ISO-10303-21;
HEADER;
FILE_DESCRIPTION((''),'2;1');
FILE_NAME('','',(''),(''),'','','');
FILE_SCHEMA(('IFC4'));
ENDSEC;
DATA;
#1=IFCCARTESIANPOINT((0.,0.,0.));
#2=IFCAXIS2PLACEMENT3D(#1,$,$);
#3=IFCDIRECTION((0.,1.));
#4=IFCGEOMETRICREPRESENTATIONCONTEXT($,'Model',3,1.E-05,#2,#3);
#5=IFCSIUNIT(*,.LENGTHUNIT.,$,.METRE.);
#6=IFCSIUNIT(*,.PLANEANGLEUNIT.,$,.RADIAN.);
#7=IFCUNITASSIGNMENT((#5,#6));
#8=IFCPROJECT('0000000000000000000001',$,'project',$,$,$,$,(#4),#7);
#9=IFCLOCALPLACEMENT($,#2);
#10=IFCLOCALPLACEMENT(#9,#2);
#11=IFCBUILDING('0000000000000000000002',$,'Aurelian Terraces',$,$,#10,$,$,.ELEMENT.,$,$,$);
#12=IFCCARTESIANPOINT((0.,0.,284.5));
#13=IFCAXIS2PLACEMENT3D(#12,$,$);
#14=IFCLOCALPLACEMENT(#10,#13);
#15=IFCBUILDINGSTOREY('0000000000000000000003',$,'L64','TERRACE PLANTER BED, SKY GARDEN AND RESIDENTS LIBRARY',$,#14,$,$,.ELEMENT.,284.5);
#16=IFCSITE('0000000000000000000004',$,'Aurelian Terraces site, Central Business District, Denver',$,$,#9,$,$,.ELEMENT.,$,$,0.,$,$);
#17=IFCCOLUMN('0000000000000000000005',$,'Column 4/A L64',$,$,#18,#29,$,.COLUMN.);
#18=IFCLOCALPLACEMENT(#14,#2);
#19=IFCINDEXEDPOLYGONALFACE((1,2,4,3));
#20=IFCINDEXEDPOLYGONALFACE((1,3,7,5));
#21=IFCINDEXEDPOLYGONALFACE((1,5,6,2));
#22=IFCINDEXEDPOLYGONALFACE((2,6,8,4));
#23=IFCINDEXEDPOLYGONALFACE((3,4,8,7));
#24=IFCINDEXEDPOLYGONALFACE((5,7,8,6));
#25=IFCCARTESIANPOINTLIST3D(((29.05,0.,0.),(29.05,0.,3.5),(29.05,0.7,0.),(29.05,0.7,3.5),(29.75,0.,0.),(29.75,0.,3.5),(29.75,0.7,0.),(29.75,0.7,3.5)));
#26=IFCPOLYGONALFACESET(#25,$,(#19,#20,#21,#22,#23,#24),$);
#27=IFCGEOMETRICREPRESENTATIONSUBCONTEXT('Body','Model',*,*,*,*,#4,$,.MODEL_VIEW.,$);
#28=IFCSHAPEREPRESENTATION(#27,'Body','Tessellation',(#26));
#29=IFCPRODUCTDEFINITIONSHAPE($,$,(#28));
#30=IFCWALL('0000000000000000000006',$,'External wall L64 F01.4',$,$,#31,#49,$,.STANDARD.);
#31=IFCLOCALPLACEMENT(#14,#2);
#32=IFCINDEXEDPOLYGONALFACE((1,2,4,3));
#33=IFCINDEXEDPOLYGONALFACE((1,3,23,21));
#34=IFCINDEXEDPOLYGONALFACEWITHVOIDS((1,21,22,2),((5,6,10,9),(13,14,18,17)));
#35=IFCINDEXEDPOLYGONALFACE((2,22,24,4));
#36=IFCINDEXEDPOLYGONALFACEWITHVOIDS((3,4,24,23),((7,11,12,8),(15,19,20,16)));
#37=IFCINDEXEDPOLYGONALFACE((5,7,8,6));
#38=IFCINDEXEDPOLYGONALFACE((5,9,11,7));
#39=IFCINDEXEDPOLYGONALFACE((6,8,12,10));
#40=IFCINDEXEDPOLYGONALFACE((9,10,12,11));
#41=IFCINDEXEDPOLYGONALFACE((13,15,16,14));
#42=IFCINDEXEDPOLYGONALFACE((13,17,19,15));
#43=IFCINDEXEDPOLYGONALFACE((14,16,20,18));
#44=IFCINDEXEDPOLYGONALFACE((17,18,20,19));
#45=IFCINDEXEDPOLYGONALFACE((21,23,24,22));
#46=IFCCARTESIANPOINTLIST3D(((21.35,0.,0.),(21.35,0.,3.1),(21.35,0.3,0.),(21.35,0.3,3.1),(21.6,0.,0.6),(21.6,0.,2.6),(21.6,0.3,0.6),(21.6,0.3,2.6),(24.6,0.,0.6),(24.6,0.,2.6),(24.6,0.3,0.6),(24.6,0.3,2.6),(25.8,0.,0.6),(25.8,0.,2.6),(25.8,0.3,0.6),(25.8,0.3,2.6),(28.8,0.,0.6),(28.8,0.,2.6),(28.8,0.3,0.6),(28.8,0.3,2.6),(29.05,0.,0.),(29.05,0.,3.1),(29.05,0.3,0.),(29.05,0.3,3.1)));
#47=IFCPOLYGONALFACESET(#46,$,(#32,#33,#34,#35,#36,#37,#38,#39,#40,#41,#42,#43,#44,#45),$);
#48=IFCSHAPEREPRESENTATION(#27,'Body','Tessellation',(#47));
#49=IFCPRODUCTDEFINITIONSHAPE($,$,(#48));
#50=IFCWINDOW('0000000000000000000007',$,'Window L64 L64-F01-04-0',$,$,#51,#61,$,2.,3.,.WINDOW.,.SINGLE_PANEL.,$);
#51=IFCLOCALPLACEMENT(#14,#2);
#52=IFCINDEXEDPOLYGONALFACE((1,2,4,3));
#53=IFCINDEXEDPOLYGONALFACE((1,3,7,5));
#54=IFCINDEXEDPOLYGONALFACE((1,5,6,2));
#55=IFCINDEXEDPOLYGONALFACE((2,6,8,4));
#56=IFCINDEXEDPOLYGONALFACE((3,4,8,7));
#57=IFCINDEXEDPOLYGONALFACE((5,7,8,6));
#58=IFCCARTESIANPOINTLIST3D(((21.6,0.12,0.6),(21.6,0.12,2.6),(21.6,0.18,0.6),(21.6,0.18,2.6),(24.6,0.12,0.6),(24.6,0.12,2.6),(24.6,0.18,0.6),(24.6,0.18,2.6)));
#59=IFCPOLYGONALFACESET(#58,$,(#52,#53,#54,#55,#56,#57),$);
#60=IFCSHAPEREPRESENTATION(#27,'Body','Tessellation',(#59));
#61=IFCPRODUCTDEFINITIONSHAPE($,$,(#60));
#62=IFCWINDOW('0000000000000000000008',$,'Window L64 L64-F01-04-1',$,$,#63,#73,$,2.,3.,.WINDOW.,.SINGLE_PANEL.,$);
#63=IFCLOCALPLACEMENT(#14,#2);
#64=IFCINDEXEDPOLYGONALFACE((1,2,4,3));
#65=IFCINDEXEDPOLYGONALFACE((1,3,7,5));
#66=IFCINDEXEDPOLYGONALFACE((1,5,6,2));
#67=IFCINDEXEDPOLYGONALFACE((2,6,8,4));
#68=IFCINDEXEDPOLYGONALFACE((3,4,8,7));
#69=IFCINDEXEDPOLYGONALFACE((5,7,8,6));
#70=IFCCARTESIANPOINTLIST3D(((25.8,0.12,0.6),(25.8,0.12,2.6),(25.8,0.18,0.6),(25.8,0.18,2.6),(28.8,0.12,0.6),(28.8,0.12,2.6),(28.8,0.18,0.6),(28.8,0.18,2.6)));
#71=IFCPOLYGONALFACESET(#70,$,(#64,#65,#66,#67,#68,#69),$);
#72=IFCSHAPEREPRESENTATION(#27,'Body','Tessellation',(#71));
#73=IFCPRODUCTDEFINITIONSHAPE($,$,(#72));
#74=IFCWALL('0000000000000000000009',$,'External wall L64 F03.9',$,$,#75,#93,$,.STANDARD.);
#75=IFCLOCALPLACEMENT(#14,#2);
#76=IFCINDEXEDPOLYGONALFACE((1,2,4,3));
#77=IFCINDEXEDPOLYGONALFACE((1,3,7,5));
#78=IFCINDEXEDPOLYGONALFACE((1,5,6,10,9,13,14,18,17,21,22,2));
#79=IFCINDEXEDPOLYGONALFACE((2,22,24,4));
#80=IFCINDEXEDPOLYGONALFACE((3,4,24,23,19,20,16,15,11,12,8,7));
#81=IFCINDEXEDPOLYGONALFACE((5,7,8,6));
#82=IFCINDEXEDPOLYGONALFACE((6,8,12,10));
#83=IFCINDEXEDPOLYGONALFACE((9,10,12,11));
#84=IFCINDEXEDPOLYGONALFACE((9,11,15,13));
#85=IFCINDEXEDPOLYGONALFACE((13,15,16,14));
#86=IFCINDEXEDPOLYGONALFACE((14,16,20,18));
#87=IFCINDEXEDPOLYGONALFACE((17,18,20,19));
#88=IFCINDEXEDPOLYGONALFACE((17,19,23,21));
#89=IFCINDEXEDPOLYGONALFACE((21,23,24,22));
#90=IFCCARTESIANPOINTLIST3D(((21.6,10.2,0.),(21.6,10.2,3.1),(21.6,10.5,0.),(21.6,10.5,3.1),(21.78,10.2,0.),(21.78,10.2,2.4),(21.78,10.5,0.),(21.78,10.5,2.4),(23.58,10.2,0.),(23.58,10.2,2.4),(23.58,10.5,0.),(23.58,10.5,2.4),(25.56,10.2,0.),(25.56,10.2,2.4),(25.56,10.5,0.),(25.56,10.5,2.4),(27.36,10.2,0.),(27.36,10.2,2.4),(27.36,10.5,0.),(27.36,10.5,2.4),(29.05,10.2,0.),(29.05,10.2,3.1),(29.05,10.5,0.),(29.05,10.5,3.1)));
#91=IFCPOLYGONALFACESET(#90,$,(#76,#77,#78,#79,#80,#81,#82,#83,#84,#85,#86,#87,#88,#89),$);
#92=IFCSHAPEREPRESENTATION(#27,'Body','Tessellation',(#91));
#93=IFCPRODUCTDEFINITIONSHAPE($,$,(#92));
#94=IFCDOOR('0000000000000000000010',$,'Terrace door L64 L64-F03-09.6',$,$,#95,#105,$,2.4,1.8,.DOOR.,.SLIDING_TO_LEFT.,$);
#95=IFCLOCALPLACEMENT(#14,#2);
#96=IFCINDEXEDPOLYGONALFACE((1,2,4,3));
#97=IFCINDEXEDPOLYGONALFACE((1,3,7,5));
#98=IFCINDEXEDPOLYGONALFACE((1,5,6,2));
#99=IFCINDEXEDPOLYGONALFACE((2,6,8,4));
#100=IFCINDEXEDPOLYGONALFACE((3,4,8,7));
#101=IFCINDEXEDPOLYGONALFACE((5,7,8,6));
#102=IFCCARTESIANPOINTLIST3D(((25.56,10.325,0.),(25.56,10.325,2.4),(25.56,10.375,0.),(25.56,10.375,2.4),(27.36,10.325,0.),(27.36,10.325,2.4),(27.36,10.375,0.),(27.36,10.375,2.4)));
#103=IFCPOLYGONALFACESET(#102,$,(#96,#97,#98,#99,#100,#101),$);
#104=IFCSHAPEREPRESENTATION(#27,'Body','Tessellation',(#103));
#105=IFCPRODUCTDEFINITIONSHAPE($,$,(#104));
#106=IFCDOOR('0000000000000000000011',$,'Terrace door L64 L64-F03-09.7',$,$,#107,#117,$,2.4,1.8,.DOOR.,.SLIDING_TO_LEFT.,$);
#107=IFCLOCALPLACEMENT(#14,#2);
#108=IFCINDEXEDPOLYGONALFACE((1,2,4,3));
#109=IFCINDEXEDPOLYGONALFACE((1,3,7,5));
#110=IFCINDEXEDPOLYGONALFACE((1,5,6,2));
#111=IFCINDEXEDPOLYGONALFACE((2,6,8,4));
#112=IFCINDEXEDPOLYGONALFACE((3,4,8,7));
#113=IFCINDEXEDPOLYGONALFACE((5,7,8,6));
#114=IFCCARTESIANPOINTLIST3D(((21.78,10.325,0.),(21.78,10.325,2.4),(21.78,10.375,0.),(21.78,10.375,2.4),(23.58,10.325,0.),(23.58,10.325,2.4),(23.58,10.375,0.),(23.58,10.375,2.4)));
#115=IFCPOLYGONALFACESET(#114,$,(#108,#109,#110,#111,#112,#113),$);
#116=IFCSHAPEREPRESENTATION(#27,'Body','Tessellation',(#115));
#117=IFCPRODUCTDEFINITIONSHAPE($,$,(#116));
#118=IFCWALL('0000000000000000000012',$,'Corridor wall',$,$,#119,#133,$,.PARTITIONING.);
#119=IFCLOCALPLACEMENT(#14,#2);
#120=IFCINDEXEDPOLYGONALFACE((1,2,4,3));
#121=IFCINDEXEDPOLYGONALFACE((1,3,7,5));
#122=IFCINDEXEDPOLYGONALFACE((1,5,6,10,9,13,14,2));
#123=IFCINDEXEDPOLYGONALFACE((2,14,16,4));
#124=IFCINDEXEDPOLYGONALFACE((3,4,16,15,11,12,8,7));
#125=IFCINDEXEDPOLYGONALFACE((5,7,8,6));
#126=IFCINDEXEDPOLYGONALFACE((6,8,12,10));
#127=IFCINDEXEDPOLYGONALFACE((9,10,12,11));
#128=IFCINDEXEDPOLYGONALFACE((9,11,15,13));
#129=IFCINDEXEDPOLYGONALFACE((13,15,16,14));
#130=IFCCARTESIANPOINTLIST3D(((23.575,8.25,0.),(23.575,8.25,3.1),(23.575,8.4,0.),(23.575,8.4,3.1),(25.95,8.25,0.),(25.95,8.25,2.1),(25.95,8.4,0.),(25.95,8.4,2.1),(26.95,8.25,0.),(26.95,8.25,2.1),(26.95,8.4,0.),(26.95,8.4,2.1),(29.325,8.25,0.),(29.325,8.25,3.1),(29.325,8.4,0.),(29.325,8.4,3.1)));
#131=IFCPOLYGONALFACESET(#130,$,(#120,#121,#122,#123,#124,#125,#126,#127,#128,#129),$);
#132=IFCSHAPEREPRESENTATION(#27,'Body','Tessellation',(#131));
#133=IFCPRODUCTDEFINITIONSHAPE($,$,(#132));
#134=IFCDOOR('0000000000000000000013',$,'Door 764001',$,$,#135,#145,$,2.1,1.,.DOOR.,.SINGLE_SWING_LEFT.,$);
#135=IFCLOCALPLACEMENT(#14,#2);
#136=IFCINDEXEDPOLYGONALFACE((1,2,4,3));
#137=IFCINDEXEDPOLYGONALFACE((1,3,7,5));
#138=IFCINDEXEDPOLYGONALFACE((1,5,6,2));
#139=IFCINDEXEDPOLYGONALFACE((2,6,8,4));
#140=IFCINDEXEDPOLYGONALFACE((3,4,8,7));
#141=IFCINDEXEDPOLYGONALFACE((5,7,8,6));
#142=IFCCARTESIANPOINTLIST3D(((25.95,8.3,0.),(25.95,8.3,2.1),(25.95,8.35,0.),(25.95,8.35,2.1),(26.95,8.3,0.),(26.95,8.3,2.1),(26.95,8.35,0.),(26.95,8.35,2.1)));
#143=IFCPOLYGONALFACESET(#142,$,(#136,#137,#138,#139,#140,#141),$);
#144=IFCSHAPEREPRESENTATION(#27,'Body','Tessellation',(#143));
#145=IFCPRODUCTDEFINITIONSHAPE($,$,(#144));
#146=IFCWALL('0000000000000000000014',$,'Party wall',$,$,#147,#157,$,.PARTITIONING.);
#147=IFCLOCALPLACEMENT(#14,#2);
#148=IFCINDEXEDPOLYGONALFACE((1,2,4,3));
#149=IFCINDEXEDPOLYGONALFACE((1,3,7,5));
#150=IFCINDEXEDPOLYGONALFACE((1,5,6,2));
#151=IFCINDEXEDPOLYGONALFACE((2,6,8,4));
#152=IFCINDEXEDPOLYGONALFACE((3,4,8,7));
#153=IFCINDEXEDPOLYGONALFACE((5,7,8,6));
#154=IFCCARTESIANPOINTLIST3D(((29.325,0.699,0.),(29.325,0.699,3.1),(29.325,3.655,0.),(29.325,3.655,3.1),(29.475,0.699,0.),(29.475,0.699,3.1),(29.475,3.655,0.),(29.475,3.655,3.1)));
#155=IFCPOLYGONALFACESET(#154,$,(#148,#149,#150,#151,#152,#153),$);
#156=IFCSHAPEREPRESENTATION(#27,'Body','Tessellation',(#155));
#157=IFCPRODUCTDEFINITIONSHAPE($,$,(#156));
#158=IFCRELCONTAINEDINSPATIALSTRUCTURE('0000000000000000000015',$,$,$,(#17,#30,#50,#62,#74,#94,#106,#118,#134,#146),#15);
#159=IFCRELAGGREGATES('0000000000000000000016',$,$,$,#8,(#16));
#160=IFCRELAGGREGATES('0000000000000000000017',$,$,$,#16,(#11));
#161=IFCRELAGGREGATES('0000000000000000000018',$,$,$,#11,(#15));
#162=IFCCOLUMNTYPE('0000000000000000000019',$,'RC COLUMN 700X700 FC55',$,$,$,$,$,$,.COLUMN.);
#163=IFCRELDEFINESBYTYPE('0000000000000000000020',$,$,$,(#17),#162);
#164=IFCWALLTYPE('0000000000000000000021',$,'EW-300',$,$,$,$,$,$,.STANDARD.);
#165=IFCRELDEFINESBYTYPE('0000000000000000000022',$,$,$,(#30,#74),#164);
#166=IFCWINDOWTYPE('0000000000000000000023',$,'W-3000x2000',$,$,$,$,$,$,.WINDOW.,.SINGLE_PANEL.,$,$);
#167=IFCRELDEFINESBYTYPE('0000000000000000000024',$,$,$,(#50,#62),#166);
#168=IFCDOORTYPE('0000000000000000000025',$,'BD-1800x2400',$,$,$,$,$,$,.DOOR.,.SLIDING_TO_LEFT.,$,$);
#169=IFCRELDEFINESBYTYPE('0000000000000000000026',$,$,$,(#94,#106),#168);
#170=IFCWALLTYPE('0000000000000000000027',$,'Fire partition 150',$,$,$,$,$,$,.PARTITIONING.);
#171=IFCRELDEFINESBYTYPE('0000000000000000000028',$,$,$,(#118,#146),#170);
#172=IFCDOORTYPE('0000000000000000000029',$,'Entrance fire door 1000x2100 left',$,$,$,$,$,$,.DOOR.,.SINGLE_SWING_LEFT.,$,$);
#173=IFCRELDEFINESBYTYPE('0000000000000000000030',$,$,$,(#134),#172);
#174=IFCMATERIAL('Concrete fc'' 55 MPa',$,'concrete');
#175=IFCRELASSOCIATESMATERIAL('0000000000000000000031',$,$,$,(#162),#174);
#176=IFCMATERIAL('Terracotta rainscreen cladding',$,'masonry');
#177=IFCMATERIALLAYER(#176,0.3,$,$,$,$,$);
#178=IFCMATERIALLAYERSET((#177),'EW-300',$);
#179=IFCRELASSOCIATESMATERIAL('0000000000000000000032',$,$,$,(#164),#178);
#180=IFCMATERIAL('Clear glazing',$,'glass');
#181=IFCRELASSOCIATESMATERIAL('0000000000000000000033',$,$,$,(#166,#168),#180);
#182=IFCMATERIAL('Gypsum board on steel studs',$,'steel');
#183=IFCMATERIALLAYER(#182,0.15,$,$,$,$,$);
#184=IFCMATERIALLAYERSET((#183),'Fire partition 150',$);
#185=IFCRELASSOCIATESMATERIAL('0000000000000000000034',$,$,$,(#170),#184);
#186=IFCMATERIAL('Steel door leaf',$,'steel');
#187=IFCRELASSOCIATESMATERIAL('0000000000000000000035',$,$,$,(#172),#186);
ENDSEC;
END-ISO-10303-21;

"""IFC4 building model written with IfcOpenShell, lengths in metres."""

from ifc_helpers import new_model, si_unit, direction, frame, frame_2d, origin, origin_2d, place, context, subcontext, project, spatial, rectangle, extrude, source, transform, mapped, material, layer, layer_set, material_profile, profile_set, type_object, element, fill, save


model = new_model("IFC4")

# Units and contexts
model_context = context("Model", 3, precision=1e-05, world=origin(), true_north=direction((0.0, 1.0)))
body_context = subcontext(model_context, "Body", "Model", "MODEL_VIEW")
ifc_project = project(units=[si_unit("LENGTHUNIT", "METRE"), si_unit("PLANEANGLEUNIT", "RADIAN")], contexts=[model_context])

# Site, building, storey
site_placement = place(None, origin())
site = spatial("IfcSite", under=ifc_project, at=site_placement, Name="Aurelian Terraces site, Central Business District, Denver", CompositionType="ELEMENT", RefElevation=0.0)
building_placement = place(site_placement, origin())
building = spatial("IfcBuilding", under=site, at=building_placement, Name="Aurelian Terraces", CompositionType="ELEMENT")
storey_placement = place(building_placement, frame((0.0, 0.0, 284.5)))
storey = spatial("IfcBuildingStorey", under=building, at=storey_placement, Name="L64", Description="TERRACE PLANTER BED, SKY GARDEN AND RESIDENTS LIBRARY", CompositionType="ELEMENT", Elevation=284.5)

# Column
ifc_material_1 = material(Name="Concrete fc' 55 MPa", Category="concrete")
ifc_material_profile = material_profile(ifc_material_1, rectangle(XDim=0.7, YDim=0.7, at=origin_2d()))
ifc_profile_set = profile_set([ifc_material_profile], Name="Concrete fc' 55 MPa")
column_type = type_object("IfcColumnType", Name="RC COLUMN 700X700 FC55", PredefinedType="COLUMN", material=ifc_profile_set)
shared_shape_1 = source(origin(), body_context, "Body", "SweptSolid", [
    extrude(rectangle(XDim=0.7, YDim=0.7, at=origin_2d()), origin(), (0.0, 0.0, 1.0), 3.5),
])
column_placement = place(storey_placement, frame((29.4, 0.35, 0.0), z_axis=(0.0, 0.0, 1.0), x_axis=(1.0, 0.0, 0.0)))
element("IfcColumn", 1, at=column_placement, inside=storey, type_object=column_type, Name="Column 4/A L64", PredefinedType="COLUMN", context=body_context, shape_type="MappedRepresentation", body=[
    mapped(shared_shape_1, transform((0.0, 0.0, 0.0), scale=1.0)),
])

# Wall, openings, windows
ifc_material_2 = material(Name="Terracotta rainscreen cladding", Category="masonry")
ifc_layer_1 = layer(ifc_material_2, 0.3)
ifc_layer_set_1 = layer_set([ifc_layer_1], Name="EW-300")
wall_type_1 = type_object("IfcWallType", Name="EW-300", PredefinedType="STANDARD", material=ifc_layer_set_1)
wall_1_placement = place(storey_placement, frame((21.35, 0.15, 0.0), z_axis=(0.0, 0.0, 1.0), x_axis=(1.0, 0.0, 0.0)))
wall_1 = element("IfcWall", 2, at=wall_1_placement, inside=storey, type_object=wall_type_1, Name="External wall L64 F01.4", PredefinedType="STANDARD", context=body_context, shape_type="SweptSolid", body=[
    extrude(rectangle(XDim=7.7, YDim=0.3, at=frame_2d((3.85, 0.0))), origin(), (0.0, 0.0, 1.0), 3.1),
])
opening_1_placement = place(wall_1_placement, frame((0.25, 0.0, 0.6)))
opening_1 = element("IfcOpeningElement", 3, at=opening_1_placement, cuts=wall_1, PredefinedType="OPENING", context=body_context, shape_type="SweptSolid", body=[
    extrude(rectangle(XDim=3.0, YDim=2.0, at=frame_2d((1.5, 1.0))), frame((0.0, 0.16, 0.0), z_axis=(0.0, -1.0, 0.0), x_axis=(1.0, 0.0, 0.0)), (0.0, 0.0, 1.0), 0.32),
])
shared_shape_2 = source(origin(), body_context, "Body", "SweptSolid", [
    extrude(rectangle(XDim=3.0, YDim=2.0, at=frame_2d((1.5, 1.0))), frame((0.0, 0.16, 0.0), z_axis=(0.0, -1.0, 0.0), x_axis=(1.0, 0.0, 0.0)), (0.0, 0.0, 1.0), 0.32),
])
opening_2_placement = place(wall_1_placement, frame((4.45, 0.0, 0.6)))
opening_2 = element("IfcOpeningElement", 4, at=opening_2_placement, cuts=wall_1, PredefinedType="OPENING", context=body_context, shape_type="MappedRepresentation", body=[
    mapped(shared_shape_2, transform((0.0, 0.0, 0.0), scale=1.0)),
])
ifc_material_3 = material(Name="Clear glazing", Category="glass")
window_type = type_object("IfcWindowType", Name="W-3000x2000", PartitioningType="SINGLE_PANEL", PredefinedType="WINDOW", material=ifc_material_3)
window_1_placement = place(opening_1_placement, origin())
window_1 = element("IfcWindow", 5, at=window_1_placement, inside=storey, type_object=window_type, Name="Window L64 L64-F01-04-0", OverallHeight=2.0, OverallWidth=3.0, PartitioningType="SINGLE_PANEL", PredefinedType="WINDOW", context=body_context, shape_type="SweptSolid", body=[
    extrude(rectangle(XDim=3.0, YDim=2.0, at=frame_2d((1.5, 1.0))), frame((0.0, 0.03, 0.0), z_axis=(0.0, -1.0, 0.0), x_axis=(1.0, 0.0, 0.0)), (0.0, 0.0, 1.0), 0.06),
])
fill(opening_1, window_1)
shared_shape_3 = source(origin(), body_context, "Body", "SweptSolid", [
    extrude(rectangle(XDim=3.0, YDim=2.0, at=frame_2d((1.5, 1.0))), frame((0.0, 0.03, 0.0), z_axis=(0.0, -1.0, 0.0), x_axis=(1.0, 0.0, 0.0)), (0.0, 0.0, 1.0), 0.06),
])
window_2_placement = place(opening_2_placement, origin())
window_2 = element("IfcWindow", 6, at=window_2_placement, inside=storey, type_object=window_type, Name="Window L64 L64-F01-04-1", OverallHeight=2.0, OverallWidth=3.0, PartitioningType="SINGLE_PANEL", PredefinedType="WINDOW", context=body_context, shape_type="MappedRepresentation", body=[
    mapped(shared_shape_3, transform((0.0, 0.0, 0.0), scale=1.0)),
])
fill(opening_2, window_2)

# Wall, openings, doors
wall_2_placement = place(storey_placement, frame((29.05, 10.35, 0.0), z_axis=(0.0, 0.0, 1.0), x_axis=(-1.0, 0.0, 0.0)))
wall_2 = element("IfcWall", 7, at=wall_2_placement, inside=storey, type_object=wall_type_1, Name="External wall L64 F03.9", PredefinedType="STANDARD", context=body_context, shape_type="SweptSolid", body=[
    extrude(rectangle(XDim=7.45, YDim=0.3, at=frame_2d((3.725, 0.0))), origin(), (0.0, 0.0, 1.0), 3.1),
])
shared_shape_4 = source(origin(), body_context, "Body", "SweptSolid", [
    extrude(rectangle(XDim=1.8, YDim=2.4, at=frame_2d((0.9, 1.2))), frame((0.0, 0.16, 0.0), z_axis=(0.0, -1.0, 0.0), x_axis=(1.0, 0.0, 0.0)), (0.0, 0.0, 1.0), 0.32),
])
opening_3_placement = place(wall_2_placement, frame((1.69, 0.0, 0.0)))
opening_3 = element("IfcOpeningElement", 8, at=opening_3_placement, cuts=wall_2, PredefinedType="OPENING", context=body_context, shape_type="MappedRepresentation", body=[
    mapped(shared_shape_4, transform((0.0, 0.0, 0.0), scale=1.0)),
])
opening_4_placement = place(wall_2_placement, frame((5.47, 0.0, 0.0)))
opening_4 = element("IfcOpeningElement", 9, at=opening_4_placement, cuts=wall_2, PredefinedType="OPENING", context=body_context, shape_type="MappedRepresentation", body=[
    mapped(shared_shape_4, transform((0.0, 0.0, 0.0), scale=1.0)),
])
door_type_1 = type_object("IfcDoorType", Name="BD-1800x2400", OperationType="SLIDING_TO_LEFT", PredefinedType="DOOR", material=ifc_material_3)
shared_shape_5 = source(origin(), body_context, "Body", "SweptSolid", [
    extrude(rectangle(XDim=1.8, YDim=2.4, at=frame_2d((0.9, 1.2))), frame((0.0, 0.025, 0.0), z_axis=(0.0, -1.0, 0.0), x_axis=(1.0, 0.0, 0.0)), (0.0, 0.0, 1.0), 0.05),
])
door_1_placement = place(opening_3_placement, origin())
door_1 = element("IfcDoor", 10, at=door_1_placement, inside=storey, type_object=door_type_1, Name="Terrace door L64 L64-F03-09.6", OperationType="SLIDING_TO_LEFT", OverallHeight=2.4, OverallWidth=1.8, PredefinedType="DOOR", context=body_context, shape_type="MappedRepresentation", body=[
    mapped(shared_shape_5, transform((0.0, 0.0, 0.0), scale=1.0)),
])
fill(opening_3, door_1)
door_2_placement = place(opening_4_placement, origin())
door_2 = element("IfcDoor", 11, at=door_2_placement, inside=storey, type_object=door_type_1, Name="Terrace door L64 L64-F03-09.7", OperationType="SLIDING_TO_LEFT", OverallHeight=2.4, OverallWidth=1.8, PredefinedType="DOOR", context=body_context, shape_type="MappedRepresentation", body=[
    mapped(shared_shape_5, transform((0.0, 0.0, 0.0), scale=1.0)),
])
fill(opening_4, door_2)

# Wall, opening, door
ifc_material_4 = material(Name="Gypsum board on steel studs", Category="steel")
ifc_layer_2 = layer(ifc_material_4, 0.15)
ifc_layer_set_2 = layer_set([ifc_layer_2], Name="Fire partition 150")
wall_type_2 = type_object("IfcWallType", Name="Fire partition 150", PredefinedType="PARTITIONING", material=ifc_layer_set_2)
wall_3_placement = place(storey_placement, frame((29.325, 8.325, 0.0), z_axis=(0.0, 0.0, 1.0), x_axis=(-1.0, 0.0, 0.0)))
wall_3 = element("IfcWall", 12, at=wall_3_placement, inside=storey, type_object=wall_type_2, Name="Corridor wall", PredefinedType="PARTITIONING", context=body_context, shape_type="SweptSolid", body=[
    extrude(rectangle(XDim=5.75, YDim=0.15, at=frame_2d((2.875, 0.0))), origin(), (0.0, 0.0, 1.0), 3.1),
])
shared_shape_6 = source(origin(), body_context, "Body", "SweptSolid", [
    extrude(rectangle(XDim=1.0, YDim=2.1, at=frame_2d((0.5, 1.05))), frame((0.0, 0.085, 0.0), z_axis=(0.0, -1.0, 0.0), x_axis=(1.0, 0.0, 0.0)), (0.0, 0.0, 1.0), 0.17),
])
opening_5_placement = place(wall_3_placement, frame((2.375, 0.0, 0.0)))
opening_5 = element("IfcOpeningElement", 13, at=opening_5_placement, cuts=wall_3, PredefinedType="OPENING", context=body_context, shape_type="MappedRepresentation", body=[
    mapped(shared_shape_6, transform((0.0, 0.0, 0.0), scale=1.0)),
])
ifc_material_5 = material(Name="Steel door leaf", Category="steel")
door_type_2 = type_object("IfcDoorType", Name="Entrance fire door 1000x2100 left", OperationType="SINGLE_SWING_LEFT", PredefinedType="DOOR", material=ifc_material_5)
shared_shape_7 = source(origin(), body_context, "Body", "SweptSolid", [
    extrude(rectangle(XDim=1.0, YDim=2.1, at=frame_2d((0.5, 1.05))), frame((0.0, 0.025, 0.0), z_axis=(0.0, -1.0, 0.0), x_axis=(1.0, 0.0, 0.0)), (0.0, 0.0, 1.0), 0.05),
])
door_3_placement = place(opening_5_placement, origin())
door_3 = element("IfcDoor", 14, at=door_3_placement, inside=storey, type_object=door_type_2, Name="Door 764001", OperationType="SINGLE_SWING_LEFT", OverallHeight=2.1, OverallWidth=1.0, PredefinedType="DOOR", context=body_context, shape_type="MappedRepresentation", body=[
    mapped(shared_shape_7, transform((0.0, 0.0, 0.0), scale=1.0)),
])
fill(opening_5, door_3)

# Wall
wall_4_placement = place(storey_placement, frame((29.4, 0.699, 0.0), z_axis=(0.0, 0.0, 1.0), x_axis=(0.0, 1.0, 0.0)))
element("IfcWall", 15, at=wall_4_placement, inside=storey, type_object=wall_type_2, Name="Party wall", PredefinedType="PARTITIONING", context=body_context, shape_type="SweptSolid", body=[
    extrude(rectangle(XDim=2.956, YDim=0.15, at=frame_2d((1.478, 0.0))), origin(), (0.0, 0.0, 1.0), 3.1),
])

save(model, "model.ifc")
